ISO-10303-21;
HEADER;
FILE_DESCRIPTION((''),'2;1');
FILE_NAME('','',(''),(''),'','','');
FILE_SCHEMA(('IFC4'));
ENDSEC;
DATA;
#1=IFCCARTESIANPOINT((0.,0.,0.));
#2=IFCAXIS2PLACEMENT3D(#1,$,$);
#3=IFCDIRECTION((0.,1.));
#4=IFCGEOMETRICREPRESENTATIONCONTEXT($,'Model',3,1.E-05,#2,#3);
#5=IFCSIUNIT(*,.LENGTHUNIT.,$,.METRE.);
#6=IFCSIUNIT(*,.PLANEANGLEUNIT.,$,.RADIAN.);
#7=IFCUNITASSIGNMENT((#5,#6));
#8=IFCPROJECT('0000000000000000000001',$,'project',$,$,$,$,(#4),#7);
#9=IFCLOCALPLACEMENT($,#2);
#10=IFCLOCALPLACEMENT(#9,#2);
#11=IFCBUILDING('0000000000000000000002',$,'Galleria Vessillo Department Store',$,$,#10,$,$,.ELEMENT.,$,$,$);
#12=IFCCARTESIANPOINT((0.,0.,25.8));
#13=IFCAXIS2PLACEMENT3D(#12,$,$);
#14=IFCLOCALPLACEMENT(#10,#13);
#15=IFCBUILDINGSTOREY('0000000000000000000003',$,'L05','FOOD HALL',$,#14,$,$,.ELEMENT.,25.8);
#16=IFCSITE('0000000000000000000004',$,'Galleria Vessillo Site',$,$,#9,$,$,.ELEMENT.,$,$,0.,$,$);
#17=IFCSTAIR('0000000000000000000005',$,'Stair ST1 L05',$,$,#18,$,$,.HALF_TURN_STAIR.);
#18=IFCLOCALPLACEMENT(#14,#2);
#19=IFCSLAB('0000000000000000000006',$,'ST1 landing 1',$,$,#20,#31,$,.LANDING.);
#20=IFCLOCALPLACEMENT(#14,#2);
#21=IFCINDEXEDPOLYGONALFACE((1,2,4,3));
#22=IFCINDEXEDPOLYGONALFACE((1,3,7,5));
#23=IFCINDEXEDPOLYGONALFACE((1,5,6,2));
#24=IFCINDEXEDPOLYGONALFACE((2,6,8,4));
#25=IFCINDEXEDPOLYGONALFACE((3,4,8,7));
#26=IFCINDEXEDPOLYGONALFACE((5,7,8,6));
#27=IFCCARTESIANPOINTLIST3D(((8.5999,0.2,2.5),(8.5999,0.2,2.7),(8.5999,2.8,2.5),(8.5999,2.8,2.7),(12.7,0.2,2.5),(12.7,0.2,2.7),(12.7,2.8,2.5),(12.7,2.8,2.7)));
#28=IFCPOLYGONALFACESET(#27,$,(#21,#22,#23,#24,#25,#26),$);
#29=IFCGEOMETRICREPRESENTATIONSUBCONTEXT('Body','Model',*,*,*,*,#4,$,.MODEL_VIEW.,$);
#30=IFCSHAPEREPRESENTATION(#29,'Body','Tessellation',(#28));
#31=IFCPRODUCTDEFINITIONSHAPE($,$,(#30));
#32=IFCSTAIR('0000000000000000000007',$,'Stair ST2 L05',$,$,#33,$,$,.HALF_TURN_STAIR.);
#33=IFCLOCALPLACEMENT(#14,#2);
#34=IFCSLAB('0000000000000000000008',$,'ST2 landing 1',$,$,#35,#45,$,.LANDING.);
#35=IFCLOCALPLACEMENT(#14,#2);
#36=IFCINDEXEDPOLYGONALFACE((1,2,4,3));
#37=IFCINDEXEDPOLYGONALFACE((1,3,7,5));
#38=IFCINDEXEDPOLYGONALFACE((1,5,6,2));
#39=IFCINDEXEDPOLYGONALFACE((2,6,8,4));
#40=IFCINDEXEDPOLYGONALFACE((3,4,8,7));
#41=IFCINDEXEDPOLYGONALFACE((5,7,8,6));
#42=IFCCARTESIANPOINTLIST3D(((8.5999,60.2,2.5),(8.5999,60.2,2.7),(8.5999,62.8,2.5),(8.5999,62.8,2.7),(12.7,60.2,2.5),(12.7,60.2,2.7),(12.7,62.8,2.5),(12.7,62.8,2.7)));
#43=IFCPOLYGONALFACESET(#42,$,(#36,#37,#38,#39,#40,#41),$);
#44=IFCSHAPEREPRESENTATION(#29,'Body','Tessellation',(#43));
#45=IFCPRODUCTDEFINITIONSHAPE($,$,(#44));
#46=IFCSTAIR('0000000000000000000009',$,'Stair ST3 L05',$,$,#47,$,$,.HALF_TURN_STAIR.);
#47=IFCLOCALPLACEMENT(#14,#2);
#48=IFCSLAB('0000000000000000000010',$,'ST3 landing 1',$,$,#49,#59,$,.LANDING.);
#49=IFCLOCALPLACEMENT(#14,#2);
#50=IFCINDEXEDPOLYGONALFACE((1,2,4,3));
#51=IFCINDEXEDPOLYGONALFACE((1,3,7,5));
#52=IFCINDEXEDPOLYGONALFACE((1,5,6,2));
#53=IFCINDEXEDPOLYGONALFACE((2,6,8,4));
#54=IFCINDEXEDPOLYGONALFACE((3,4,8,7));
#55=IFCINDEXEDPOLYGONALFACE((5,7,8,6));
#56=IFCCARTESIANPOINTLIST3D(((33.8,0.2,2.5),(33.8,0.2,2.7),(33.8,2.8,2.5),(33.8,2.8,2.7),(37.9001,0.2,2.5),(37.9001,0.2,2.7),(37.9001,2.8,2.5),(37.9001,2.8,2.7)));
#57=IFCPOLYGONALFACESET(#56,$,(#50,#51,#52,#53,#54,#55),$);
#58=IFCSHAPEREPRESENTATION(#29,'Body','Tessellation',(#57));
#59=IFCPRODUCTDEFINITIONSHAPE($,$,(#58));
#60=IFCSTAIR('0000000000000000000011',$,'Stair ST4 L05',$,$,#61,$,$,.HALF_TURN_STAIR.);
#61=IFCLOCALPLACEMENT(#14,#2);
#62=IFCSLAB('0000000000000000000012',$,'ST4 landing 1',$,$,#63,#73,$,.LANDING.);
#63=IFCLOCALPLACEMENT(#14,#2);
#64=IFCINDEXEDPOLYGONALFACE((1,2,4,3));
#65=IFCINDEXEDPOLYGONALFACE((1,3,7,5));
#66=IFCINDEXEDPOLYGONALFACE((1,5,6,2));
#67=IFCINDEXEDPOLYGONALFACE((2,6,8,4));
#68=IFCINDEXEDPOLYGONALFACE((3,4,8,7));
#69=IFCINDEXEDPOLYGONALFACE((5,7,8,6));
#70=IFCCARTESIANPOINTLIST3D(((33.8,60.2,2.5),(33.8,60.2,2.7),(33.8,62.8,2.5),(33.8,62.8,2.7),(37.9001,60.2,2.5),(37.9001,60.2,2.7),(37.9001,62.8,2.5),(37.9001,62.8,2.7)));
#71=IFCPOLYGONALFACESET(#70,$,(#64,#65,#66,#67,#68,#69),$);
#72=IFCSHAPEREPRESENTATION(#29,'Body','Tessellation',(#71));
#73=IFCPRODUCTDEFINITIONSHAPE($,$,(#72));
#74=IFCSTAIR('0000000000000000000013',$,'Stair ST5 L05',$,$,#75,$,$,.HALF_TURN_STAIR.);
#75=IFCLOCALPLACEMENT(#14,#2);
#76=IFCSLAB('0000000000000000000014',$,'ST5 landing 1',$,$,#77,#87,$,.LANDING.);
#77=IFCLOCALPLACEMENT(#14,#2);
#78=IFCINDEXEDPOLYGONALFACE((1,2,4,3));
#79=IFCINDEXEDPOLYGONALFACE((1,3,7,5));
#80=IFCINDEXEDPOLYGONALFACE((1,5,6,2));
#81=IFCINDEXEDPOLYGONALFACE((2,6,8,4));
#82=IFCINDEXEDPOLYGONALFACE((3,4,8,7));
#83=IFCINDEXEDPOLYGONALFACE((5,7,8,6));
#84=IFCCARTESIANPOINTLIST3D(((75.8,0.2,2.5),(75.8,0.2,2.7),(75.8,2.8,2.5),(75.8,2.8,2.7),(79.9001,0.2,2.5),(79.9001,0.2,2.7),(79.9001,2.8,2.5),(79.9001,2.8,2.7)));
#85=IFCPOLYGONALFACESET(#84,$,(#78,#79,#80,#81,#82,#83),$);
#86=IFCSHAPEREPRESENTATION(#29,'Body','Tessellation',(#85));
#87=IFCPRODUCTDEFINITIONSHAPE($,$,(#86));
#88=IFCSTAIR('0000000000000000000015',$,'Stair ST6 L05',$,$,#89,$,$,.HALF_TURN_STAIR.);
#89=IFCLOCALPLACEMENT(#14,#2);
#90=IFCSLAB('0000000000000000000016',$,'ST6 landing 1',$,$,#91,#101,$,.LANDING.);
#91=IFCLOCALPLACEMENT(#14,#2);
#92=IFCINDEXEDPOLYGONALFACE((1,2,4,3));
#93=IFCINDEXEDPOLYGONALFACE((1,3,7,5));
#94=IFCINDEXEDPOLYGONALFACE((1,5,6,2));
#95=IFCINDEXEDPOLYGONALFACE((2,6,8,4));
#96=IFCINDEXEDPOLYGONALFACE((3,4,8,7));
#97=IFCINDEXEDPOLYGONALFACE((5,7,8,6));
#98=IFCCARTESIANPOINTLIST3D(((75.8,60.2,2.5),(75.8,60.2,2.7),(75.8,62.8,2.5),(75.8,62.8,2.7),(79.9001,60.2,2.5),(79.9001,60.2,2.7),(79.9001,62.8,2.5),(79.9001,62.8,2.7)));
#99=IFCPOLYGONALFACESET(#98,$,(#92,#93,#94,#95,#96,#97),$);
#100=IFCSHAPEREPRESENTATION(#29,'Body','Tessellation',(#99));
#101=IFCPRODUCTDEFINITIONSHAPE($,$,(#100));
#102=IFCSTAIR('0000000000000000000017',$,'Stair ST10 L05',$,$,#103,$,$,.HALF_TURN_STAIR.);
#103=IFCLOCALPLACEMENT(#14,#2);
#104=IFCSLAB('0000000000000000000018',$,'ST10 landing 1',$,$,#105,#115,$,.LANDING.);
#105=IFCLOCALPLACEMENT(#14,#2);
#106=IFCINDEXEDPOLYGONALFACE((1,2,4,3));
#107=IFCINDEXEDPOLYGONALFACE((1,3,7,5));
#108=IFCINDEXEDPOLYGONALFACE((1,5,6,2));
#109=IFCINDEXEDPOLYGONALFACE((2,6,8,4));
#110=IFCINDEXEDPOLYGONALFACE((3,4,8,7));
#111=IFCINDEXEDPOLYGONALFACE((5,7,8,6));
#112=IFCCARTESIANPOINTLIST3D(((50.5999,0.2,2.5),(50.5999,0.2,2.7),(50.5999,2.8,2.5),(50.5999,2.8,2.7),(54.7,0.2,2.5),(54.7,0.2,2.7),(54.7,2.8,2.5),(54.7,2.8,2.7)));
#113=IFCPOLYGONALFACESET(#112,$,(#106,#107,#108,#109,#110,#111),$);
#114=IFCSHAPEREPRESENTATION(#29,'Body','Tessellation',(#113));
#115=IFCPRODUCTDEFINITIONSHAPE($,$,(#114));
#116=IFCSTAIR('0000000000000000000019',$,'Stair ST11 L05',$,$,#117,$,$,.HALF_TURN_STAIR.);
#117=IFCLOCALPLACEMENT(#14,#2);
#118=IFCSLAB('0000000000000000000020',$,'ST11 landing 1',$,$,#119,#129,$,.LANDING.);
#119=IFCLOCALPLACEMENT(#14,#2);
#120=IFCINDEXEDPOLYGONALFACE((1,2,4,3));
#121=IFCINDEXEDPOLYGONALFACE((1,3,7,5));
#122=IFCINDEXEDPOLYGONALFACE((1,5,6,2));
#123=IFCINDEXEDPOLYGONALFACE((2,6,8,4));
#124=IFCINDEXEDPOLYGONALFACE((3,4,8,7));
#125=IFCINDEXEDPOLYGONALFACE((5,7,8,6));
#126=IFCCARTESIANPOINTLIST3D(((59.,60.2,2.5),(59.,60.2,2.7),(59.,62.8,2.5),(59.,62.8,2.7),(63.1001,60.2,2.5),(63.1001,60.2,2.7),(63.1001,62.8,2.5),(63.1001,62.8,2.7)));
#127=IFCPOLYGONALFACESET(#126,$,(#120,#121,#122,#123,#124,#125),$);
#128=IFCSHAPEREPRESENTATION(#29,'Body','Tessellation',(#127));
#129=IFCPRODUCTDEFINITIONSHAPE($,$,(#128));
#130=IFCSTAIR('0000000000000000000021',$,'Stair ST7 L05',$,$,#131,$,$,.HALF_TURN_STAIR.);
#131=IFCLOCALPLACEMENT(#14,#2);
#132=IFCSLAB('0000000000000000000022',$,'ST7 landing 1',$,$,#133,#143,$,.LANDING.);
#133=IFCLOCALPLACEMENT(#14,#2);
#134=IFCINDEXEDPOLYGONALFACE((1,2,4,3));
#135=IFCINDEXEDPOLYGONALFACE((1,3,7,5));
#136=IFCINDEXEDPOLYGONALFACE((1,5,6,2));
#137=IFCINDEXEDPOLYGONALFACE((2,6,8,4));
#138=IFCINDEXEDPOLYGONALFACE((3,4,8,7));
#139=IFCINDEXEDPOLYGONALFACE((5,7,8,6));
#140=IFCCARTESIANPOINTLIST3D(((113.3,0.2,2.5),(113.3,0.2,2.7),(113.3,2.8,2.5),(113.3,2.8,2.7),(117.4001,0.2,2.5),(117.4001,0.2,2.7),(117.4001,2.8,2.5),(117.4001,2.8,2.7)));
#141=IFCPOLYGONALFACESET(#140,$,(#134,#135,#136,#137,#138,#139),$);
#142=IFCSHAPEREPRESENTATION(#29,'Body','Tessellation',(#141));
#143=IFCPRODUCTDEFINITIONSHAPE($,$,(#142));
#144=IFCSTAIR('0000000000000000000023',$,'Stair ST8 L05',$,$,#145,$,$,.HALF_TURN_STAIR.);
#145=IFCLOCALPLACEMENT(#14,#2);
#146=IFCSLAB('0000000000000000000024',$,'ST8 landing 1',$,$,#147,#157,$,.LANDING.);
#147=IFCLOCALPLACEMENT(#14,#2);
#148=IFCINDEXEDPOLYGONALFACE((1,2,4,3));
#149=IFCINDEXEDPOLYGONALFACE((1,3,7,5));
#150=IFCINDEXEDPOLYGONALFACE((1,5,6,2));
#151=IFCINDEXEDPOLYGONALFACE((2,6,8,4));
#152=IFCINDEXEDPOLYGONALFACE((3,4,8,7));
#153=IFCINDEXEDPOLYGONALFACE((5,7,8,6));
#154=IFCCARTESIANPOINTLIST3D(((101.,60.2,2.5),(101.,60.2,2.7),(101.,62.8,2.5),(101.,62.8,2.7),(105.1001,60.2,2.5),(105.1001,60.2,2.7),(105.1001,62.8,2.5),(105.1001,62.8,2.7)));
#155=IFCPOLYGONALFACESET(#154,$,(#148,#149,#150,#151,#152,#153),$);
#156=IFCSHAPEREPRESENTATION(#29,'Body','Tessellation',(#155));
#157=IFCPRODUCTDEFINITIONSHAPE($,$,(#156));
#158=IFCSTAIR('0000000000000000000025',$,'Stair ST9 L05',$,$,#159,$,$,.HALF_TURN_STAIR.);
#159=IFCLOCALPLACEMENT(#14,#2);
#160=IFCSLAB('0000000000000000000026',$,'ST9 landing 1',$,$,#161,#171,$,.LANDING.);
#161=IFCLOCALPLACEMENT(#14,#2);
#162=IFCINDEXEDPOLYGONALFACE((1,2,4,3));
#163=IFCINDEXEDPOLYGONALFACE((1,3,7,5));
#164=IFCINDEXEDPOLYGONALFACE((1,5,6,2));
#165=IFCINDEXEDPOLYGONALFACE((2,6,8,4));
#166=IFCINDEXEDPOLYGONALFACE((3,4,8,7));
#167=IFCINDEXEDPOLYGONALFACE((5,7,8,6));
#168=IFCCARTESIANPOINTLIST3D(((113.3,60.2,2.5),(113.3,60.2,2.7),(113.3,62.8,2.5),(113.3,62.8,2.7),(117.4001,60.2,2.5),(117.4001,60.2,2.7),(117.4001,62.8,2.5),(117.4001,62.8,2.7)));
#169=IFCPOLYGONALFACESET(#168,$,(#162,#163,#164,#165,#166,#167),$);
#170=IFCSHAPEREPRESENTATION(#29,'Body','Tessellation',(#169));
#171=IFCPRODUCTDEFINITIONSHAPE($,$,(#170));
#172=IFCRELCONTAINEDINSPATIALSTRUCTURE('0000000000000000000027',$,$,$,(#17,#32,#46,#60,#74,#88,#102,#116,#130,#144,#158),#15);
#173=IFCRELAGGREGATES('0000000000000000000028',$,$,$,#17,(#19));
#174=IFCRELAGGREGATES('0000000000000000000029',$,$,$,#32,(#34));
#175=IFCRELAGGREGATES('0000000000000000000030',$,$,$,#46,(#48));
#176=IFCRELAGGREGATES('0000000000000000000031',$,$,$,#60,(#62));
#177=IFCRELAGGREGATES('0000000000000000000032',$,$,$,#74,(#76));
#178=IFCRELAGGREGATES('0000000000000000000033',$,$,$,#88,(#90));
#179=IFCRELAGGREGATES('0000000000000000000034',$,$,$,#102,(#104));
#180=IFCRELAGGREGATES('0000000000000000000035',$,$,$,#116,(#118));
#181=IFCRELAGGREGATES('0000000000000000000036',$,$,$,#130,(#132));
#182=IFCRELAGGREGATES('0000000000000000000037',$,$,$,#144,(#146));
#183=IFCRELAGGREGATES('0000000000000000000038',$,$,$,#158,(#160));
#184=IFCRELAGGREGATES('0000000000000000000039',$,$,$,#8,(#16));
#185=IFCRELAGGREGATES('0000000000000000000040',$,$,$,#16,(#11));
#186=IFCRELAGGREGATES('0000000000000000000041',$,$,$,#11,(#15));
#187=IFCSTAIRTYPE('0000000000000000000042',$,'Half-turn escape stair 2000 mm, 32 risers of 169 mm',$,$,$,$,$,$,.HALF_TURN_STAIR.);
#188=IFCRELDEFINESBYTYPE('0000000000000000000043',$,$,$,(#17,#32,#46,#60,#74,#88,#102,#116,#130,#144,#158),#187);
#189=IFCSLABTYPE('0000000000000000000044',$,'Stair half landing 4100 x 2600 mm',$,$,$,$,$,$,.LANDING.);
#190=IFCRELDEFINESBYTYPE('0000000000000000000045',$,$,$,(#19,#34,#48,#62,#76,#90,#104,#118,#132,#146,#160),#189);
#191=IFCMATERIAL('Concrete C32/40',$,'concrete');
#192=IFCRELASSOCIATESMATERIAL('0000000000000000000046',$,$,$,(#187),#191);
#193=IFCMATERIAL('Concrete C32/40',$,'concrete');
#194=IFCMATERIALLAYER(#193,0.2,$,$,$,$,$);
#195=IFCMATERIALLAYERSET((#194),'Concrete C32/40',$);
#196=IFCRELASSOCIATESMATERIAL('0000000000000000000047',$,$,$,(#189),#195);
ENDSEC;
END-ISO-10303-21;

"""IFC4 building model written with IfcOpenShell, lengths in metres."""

from ifc_helpers import new_model, si_unit, direction, frame, origin, place, context, subcontext, project, spatial, polyline, outline, extrude, material, layer, layer_set, type_object, element, aggregate, save


model = new_model("IFC4")

# Units and contexts
model_context = context("Model", 3, precision=1e-05, world=origin(), true_north=direction((0.0, 1.0)))
body_context = subcontext(model_context, "Body", "Model", "MODEL_VIEW")
ifc_project = project(units=[si_unit("LENGTHUNIT", "METRE"), si_unit("PLANEANGLEUNIT", "RADIAN")], contexts=[model_context])

# Site, building, storey
site_placement = place(None, origin())
site = spatial("IfcSite", under=ifc_project, at=site_placement, Name="Galleria Vessillo Site", CompositionType="ELEMENT", RefElevation=0.0)
building_placement = place(site_placement, origin())
building = spatial("IfcBuilding", under=site, at=building_placement, Name="Galleria Vessillo Department Store", CompositionType="ELEMENT")
storey_placement = place(building_placement, frame((0.0, 0.0, 25.8)))
storey = spatial("IfcBuildingStorey", under=building, at=storey_placement, Name="L05", Description="FOOD HALL", CompositionType="ELEMENT", Elevation=25.8)

# Stairs, slabs
ifc_material_1 = material(Name="Concrete C32/40", Category="concrete")
stair_type = type_object("IfcStairType", Name="Half-turn escape stair 2000 mm, 32 risers of 169 mm", PredefinedType="HALF_TURN_STAIR", material=ifc_material_1)
stair_1_placement = place(storey_placement, origin())
stair_1 = element("IfcStair", 1, at=stair_1_placement, inside=storey, type_object=stair_type, Name="Stair ST1 L05", PredefinedType="HALF_TURN_STAIR")
ifc_material_2 = material(Name="Concrete C32/40", Category="concrete")
ifc_layer_1 = layer(ifc_material_2, 0.2)
ifc_layer_set_1 = layer_set([ifc_layer_1], Name="Concrete C32/40")
slab_type = type_object("IfcSlabType", Name="Stair half landing 4100 x 2600 mm", PredefinedType="LANDING", material=ifc_layer_set_1)
slab_1_placement = place(storey_placement, frame((0.0, 0.0, 2.5)))
slab_1 = element("IfcSlab", 2, at=slab_1_placement, type_object=slab_type, Name="ST1 landing 1", PredefinedType="LANDING", context=body_context, shape_type="SweptSolid", body=[
    extrude(outline(polyline([(8.5999, 0.2), (8.5999, 2.8), (12.7, 2.8), (12.7, 0.2), (8.5999, 0.2)])), origin(), (0.0, 0.0, 1.0), 0.2),
])
aggregate(stair_1, [slab_1])
stair_2_placement = place(storey_placement, origin())
stair_2 = element("IfcStair", 3, at=stair_2_placement, inside=storey, type_object=stair_type, Name="Stair ST2 L05", PredefinedType="HALF_TURN_STAIR")
slab_2_placement = place(storey_placement, frame((0.0, 0.0, 2.5)))
slab_2 = element("IfcSlab", 4, at=slab_2_placement, type_object=slab_type, Name="ST2 landing 1", PredefinedType="LANDING", context=body_context, shape_type="SweptSolid", body=[
    extrude(outline(polyline([(8.5999, 60.2), (8.5999, 62.8), (12.7, 62.8), (12.7, 60.2), (8.5999, 60.2)])), origin(), (0.0, 0.0, 1.0), 0.2),
])
aggregate(stair_2, [slab_2])
stair_3_placement = place(storey_placement, origin())
stair_3 = element("IfcStair", 5, at=stair_3_placement, inside=storey, type_object=stair_type, Name="Stair ST3 L05", PredefinedType="HALF_TURN_STAIR")
slab_3_placement = place(storey_placement, frame((0.0, 0.0, 2.5)))
slab_3 = element("IfcSlab", 6, at=slab_3_placement, type_object=slab_type, Name="ST3 landing 1", PredefinedType="LANDING", context=body_context, shape_type="SweptSolid", body=[
    extrude(outline(polyline([(33.8, 0.2), (33.8, 2.8), (37.9001, 2.8), (37.9001, 0.2), (33.8, 0.2)])), origin(), (0.0, 0.0, 1.0), 0.2),
])
aggregate(stair_3, [slab_3])
stair_4_placement = place(storey_placement, origin())
stair_4 = element("IfcStair", 7, at=stair_4_placement, inside=storey, type_object=stair_type, Name="Stair ST4 L05", PredefinedType="HALF_TURN_STAIR")
slab_4_placement = place(storey_placement, frame((0.0, 0.0, 2.5)))
slab_4 = element("IfcSlab", 8, at=slab_4_placement, type_object=slab_type, Name="ST4 landing 1", PredefinedType="LANDING", context=body_context, shape_type="SweptSolid", body=[
    extrude(outline(polyline([(33.8, 60.2), (33.8, 62.8), (37.9001, 62.8), (37.9001, 60.2), (33.8, 60.2)])), origin(), (0.0, 0.0, 1.0), 0.2),
])
aggregate(stair_4, [slab_4])
stair_5_placement = place(storey_placement, origin())
stair_5 = element("IfcStair", 9, at=stair_5_placement, inside=storey, type_object=stair_type, Name="Stair ST5 L05", PredefinedType="HALF_TURN_STAIR")
slab_5_placement = place(storey_placement, frame((0.0, 0.0, 2.5)))
slab_5 = element("IfcSlab", 10, at=slab_5_placement, type_object=slab_type, Name="ST5 landing 1", PredefinedType="LANDING", context=body_context, shape_type="SweptSolid", body=[
    extrude(outline(polyline([(75.8, 0.2), (75.8, 2.8), (79.9001, 2.8), (79.9001, 0.2), (75.8, 0.2)])), origin(), (0.0, 0.0, 1.0), 0.2),
])
aggregate(stair_5, [slab_5])
stair_6_placement = place(storey_placement, origin())
stair_6 = element("IfcStair", 11, at=stair_6_placement, inside=storey, type_object=stair_type, Name="Stair ST6 L05", PredefinedType="HALF_TURN_STAIR")
slab_6_placement = place(storey_placement, frame((0.0, 0.0, 2.5)))
slab_6 = element("IfcSlab", 12, at=slab_6_placement, type_object=slab_type, Name="ST6 landing 1", PredefinedType="LANDING", context=body_context, shape_type="SweptSolid", body=[
    extrude(outline(polyline([(75.8, 60.2), (75.8, 62.8), (79.9001, 62.8), (79.9001, 60.2), (75.8, 60.2)])), origin(), (0.0, 0.0, 1.0), 0.2),
])
aggregate(stair_6, [slab_6])
stair_7_placement = place(storey_placement, origin())
stair_7 = element("IfcStair", 13, at=stair_7_placement, inside=storey, type_object=stair_type, Name="Stair ST10 L05", PredefinedType="HALF_TURN_STAIR")
slab_7_placement = place(storey_placement, frame((0.0, 0.0, 2.5)))
slab_7 = element("IfcSlab", 14, at=slab_7_placement, type_object=slab_type, Name="ST10 landing 1", PredefinedType="LANDING", context=body_context, shape_type="SweptSolid", body=[
    extrude(outline(polyline([(50.5999, 0.2), (50.5999, 2.8), (54.7, 2.8), (54.7, 0.2), (50.5999, 0.2)])), origin(), (0.0, 0.0, 1.0), 0.2),
])
aggregate(stair_7, [slab_7])
stair_8_placement = place(storey_placement, origin())
stair_8 = element("IfcStair", 15, at=stair_8_placement, inside=storey, type_object=stair_type, Name="Stair ST11 L05", PredefinedType="HALF_TURN_STAIR")
slab_8_placement = place(storey_placement, frame((0.0, 0.0, 2.5)))
slab_8 = element("IfcSlab", 16, at=slab_8_placement, type_object=slab_type, Name="ST11 landing 1", PredefinedType="LANDING", context=body_context, shape_type="SweptSolid", body=[
    extrude(outline(polyline([(59.0, 60.2), (59.0, 62.8), (63.1001, 62.8), (63.1001, 60.2), (59.0, 60.2)])), origin(), (0.0, 0.0, 1.0), 0.2),
])
aggregate(stair_8, [slab_8])
stair_9_placement = place(storey_placement, origin())
stair_9 = element("IfcStair", 17, at=stair_9_placement, inside=storey, type_object=stair_type, Name="Stair ST7 L05", PredefinedType="HALF_TURN_STAIR")
slab_9_placement = place(storey_placement, frame((0.0, 0.0, 2.5)))
slab_9 = element("IfcSlab", 18, at=slab_9_placement, type_object=slab_type, Name="ST7 landing 1", PredefinedType="LANDING", context=body_context, shape_type="SweptSolid", body=[
    extrude(outline(polyline([(113.3, 0.2), (113.3, 2.8), (117.4001, 2.8), (117.4001, 0.2), (113.3, 0.2)])), origin(), (0.0, 0.0, 1.0), 0.2),
])
aggregate(stair_9, [slab_9])
stair_10_placement = place(storey_placement, origin())
stair_10 = element("IfcStair", 19, at=stair_10_placement, inside=storey, type_object=stair_type, Name="Stair ST8 L05", PredefinedType="HALF_TURN_STAIR")
slab_10_placement = place(storey_placement, frame((0.0, 0.0, 2.5)))
slab_10 = element("IfcSlab", 20, at=slab_10_placement, type_object=slab_type, Name="ST8 landing 1", PredefinedType="LANDING", context=body_context, shape_type="SweptSolid", body=[
    extrude(outline(polyline([(101.0, 60.2), (101.0, 62.8), (105.1001, 62.8), (105.1001, 60.2), (101.0, 60.2)])), origin(), (0.0, 0.0, 1.0), 0.2),
])
aggregate(stair_10, [slab_10])
stair_11_placement = place(storey_placement, origin())
stair_11 = element("IfcStair", 21, at=stair_11_placement, inside=storey, type_object=stair_type, Name="Stair ST9 L05", PredefinedType="HALF_TURN_STAIR")
slab_11_placement = place(storey_placement, frame((0.0, 0.0, 2.5)))
slab_11 = element("IfcSlab", 22, at=slab_11_placement, type_object=slab_type, Name="ST9 landing 1", PredefinedType="LANDING", context=body_context, shape_type="SweptSolid", body=[
    extrude(outline(polyline([(113.3, 60.2), (113.3, 62.8), (117.4001, 62.8), (117.4001, 60.2), (113.3, 60.2)])), origin(), (0.0, 0.0, 1.0), 0.2),
])
aggregate(stair_11, [slab_11])

save(model, "model.ifc")
